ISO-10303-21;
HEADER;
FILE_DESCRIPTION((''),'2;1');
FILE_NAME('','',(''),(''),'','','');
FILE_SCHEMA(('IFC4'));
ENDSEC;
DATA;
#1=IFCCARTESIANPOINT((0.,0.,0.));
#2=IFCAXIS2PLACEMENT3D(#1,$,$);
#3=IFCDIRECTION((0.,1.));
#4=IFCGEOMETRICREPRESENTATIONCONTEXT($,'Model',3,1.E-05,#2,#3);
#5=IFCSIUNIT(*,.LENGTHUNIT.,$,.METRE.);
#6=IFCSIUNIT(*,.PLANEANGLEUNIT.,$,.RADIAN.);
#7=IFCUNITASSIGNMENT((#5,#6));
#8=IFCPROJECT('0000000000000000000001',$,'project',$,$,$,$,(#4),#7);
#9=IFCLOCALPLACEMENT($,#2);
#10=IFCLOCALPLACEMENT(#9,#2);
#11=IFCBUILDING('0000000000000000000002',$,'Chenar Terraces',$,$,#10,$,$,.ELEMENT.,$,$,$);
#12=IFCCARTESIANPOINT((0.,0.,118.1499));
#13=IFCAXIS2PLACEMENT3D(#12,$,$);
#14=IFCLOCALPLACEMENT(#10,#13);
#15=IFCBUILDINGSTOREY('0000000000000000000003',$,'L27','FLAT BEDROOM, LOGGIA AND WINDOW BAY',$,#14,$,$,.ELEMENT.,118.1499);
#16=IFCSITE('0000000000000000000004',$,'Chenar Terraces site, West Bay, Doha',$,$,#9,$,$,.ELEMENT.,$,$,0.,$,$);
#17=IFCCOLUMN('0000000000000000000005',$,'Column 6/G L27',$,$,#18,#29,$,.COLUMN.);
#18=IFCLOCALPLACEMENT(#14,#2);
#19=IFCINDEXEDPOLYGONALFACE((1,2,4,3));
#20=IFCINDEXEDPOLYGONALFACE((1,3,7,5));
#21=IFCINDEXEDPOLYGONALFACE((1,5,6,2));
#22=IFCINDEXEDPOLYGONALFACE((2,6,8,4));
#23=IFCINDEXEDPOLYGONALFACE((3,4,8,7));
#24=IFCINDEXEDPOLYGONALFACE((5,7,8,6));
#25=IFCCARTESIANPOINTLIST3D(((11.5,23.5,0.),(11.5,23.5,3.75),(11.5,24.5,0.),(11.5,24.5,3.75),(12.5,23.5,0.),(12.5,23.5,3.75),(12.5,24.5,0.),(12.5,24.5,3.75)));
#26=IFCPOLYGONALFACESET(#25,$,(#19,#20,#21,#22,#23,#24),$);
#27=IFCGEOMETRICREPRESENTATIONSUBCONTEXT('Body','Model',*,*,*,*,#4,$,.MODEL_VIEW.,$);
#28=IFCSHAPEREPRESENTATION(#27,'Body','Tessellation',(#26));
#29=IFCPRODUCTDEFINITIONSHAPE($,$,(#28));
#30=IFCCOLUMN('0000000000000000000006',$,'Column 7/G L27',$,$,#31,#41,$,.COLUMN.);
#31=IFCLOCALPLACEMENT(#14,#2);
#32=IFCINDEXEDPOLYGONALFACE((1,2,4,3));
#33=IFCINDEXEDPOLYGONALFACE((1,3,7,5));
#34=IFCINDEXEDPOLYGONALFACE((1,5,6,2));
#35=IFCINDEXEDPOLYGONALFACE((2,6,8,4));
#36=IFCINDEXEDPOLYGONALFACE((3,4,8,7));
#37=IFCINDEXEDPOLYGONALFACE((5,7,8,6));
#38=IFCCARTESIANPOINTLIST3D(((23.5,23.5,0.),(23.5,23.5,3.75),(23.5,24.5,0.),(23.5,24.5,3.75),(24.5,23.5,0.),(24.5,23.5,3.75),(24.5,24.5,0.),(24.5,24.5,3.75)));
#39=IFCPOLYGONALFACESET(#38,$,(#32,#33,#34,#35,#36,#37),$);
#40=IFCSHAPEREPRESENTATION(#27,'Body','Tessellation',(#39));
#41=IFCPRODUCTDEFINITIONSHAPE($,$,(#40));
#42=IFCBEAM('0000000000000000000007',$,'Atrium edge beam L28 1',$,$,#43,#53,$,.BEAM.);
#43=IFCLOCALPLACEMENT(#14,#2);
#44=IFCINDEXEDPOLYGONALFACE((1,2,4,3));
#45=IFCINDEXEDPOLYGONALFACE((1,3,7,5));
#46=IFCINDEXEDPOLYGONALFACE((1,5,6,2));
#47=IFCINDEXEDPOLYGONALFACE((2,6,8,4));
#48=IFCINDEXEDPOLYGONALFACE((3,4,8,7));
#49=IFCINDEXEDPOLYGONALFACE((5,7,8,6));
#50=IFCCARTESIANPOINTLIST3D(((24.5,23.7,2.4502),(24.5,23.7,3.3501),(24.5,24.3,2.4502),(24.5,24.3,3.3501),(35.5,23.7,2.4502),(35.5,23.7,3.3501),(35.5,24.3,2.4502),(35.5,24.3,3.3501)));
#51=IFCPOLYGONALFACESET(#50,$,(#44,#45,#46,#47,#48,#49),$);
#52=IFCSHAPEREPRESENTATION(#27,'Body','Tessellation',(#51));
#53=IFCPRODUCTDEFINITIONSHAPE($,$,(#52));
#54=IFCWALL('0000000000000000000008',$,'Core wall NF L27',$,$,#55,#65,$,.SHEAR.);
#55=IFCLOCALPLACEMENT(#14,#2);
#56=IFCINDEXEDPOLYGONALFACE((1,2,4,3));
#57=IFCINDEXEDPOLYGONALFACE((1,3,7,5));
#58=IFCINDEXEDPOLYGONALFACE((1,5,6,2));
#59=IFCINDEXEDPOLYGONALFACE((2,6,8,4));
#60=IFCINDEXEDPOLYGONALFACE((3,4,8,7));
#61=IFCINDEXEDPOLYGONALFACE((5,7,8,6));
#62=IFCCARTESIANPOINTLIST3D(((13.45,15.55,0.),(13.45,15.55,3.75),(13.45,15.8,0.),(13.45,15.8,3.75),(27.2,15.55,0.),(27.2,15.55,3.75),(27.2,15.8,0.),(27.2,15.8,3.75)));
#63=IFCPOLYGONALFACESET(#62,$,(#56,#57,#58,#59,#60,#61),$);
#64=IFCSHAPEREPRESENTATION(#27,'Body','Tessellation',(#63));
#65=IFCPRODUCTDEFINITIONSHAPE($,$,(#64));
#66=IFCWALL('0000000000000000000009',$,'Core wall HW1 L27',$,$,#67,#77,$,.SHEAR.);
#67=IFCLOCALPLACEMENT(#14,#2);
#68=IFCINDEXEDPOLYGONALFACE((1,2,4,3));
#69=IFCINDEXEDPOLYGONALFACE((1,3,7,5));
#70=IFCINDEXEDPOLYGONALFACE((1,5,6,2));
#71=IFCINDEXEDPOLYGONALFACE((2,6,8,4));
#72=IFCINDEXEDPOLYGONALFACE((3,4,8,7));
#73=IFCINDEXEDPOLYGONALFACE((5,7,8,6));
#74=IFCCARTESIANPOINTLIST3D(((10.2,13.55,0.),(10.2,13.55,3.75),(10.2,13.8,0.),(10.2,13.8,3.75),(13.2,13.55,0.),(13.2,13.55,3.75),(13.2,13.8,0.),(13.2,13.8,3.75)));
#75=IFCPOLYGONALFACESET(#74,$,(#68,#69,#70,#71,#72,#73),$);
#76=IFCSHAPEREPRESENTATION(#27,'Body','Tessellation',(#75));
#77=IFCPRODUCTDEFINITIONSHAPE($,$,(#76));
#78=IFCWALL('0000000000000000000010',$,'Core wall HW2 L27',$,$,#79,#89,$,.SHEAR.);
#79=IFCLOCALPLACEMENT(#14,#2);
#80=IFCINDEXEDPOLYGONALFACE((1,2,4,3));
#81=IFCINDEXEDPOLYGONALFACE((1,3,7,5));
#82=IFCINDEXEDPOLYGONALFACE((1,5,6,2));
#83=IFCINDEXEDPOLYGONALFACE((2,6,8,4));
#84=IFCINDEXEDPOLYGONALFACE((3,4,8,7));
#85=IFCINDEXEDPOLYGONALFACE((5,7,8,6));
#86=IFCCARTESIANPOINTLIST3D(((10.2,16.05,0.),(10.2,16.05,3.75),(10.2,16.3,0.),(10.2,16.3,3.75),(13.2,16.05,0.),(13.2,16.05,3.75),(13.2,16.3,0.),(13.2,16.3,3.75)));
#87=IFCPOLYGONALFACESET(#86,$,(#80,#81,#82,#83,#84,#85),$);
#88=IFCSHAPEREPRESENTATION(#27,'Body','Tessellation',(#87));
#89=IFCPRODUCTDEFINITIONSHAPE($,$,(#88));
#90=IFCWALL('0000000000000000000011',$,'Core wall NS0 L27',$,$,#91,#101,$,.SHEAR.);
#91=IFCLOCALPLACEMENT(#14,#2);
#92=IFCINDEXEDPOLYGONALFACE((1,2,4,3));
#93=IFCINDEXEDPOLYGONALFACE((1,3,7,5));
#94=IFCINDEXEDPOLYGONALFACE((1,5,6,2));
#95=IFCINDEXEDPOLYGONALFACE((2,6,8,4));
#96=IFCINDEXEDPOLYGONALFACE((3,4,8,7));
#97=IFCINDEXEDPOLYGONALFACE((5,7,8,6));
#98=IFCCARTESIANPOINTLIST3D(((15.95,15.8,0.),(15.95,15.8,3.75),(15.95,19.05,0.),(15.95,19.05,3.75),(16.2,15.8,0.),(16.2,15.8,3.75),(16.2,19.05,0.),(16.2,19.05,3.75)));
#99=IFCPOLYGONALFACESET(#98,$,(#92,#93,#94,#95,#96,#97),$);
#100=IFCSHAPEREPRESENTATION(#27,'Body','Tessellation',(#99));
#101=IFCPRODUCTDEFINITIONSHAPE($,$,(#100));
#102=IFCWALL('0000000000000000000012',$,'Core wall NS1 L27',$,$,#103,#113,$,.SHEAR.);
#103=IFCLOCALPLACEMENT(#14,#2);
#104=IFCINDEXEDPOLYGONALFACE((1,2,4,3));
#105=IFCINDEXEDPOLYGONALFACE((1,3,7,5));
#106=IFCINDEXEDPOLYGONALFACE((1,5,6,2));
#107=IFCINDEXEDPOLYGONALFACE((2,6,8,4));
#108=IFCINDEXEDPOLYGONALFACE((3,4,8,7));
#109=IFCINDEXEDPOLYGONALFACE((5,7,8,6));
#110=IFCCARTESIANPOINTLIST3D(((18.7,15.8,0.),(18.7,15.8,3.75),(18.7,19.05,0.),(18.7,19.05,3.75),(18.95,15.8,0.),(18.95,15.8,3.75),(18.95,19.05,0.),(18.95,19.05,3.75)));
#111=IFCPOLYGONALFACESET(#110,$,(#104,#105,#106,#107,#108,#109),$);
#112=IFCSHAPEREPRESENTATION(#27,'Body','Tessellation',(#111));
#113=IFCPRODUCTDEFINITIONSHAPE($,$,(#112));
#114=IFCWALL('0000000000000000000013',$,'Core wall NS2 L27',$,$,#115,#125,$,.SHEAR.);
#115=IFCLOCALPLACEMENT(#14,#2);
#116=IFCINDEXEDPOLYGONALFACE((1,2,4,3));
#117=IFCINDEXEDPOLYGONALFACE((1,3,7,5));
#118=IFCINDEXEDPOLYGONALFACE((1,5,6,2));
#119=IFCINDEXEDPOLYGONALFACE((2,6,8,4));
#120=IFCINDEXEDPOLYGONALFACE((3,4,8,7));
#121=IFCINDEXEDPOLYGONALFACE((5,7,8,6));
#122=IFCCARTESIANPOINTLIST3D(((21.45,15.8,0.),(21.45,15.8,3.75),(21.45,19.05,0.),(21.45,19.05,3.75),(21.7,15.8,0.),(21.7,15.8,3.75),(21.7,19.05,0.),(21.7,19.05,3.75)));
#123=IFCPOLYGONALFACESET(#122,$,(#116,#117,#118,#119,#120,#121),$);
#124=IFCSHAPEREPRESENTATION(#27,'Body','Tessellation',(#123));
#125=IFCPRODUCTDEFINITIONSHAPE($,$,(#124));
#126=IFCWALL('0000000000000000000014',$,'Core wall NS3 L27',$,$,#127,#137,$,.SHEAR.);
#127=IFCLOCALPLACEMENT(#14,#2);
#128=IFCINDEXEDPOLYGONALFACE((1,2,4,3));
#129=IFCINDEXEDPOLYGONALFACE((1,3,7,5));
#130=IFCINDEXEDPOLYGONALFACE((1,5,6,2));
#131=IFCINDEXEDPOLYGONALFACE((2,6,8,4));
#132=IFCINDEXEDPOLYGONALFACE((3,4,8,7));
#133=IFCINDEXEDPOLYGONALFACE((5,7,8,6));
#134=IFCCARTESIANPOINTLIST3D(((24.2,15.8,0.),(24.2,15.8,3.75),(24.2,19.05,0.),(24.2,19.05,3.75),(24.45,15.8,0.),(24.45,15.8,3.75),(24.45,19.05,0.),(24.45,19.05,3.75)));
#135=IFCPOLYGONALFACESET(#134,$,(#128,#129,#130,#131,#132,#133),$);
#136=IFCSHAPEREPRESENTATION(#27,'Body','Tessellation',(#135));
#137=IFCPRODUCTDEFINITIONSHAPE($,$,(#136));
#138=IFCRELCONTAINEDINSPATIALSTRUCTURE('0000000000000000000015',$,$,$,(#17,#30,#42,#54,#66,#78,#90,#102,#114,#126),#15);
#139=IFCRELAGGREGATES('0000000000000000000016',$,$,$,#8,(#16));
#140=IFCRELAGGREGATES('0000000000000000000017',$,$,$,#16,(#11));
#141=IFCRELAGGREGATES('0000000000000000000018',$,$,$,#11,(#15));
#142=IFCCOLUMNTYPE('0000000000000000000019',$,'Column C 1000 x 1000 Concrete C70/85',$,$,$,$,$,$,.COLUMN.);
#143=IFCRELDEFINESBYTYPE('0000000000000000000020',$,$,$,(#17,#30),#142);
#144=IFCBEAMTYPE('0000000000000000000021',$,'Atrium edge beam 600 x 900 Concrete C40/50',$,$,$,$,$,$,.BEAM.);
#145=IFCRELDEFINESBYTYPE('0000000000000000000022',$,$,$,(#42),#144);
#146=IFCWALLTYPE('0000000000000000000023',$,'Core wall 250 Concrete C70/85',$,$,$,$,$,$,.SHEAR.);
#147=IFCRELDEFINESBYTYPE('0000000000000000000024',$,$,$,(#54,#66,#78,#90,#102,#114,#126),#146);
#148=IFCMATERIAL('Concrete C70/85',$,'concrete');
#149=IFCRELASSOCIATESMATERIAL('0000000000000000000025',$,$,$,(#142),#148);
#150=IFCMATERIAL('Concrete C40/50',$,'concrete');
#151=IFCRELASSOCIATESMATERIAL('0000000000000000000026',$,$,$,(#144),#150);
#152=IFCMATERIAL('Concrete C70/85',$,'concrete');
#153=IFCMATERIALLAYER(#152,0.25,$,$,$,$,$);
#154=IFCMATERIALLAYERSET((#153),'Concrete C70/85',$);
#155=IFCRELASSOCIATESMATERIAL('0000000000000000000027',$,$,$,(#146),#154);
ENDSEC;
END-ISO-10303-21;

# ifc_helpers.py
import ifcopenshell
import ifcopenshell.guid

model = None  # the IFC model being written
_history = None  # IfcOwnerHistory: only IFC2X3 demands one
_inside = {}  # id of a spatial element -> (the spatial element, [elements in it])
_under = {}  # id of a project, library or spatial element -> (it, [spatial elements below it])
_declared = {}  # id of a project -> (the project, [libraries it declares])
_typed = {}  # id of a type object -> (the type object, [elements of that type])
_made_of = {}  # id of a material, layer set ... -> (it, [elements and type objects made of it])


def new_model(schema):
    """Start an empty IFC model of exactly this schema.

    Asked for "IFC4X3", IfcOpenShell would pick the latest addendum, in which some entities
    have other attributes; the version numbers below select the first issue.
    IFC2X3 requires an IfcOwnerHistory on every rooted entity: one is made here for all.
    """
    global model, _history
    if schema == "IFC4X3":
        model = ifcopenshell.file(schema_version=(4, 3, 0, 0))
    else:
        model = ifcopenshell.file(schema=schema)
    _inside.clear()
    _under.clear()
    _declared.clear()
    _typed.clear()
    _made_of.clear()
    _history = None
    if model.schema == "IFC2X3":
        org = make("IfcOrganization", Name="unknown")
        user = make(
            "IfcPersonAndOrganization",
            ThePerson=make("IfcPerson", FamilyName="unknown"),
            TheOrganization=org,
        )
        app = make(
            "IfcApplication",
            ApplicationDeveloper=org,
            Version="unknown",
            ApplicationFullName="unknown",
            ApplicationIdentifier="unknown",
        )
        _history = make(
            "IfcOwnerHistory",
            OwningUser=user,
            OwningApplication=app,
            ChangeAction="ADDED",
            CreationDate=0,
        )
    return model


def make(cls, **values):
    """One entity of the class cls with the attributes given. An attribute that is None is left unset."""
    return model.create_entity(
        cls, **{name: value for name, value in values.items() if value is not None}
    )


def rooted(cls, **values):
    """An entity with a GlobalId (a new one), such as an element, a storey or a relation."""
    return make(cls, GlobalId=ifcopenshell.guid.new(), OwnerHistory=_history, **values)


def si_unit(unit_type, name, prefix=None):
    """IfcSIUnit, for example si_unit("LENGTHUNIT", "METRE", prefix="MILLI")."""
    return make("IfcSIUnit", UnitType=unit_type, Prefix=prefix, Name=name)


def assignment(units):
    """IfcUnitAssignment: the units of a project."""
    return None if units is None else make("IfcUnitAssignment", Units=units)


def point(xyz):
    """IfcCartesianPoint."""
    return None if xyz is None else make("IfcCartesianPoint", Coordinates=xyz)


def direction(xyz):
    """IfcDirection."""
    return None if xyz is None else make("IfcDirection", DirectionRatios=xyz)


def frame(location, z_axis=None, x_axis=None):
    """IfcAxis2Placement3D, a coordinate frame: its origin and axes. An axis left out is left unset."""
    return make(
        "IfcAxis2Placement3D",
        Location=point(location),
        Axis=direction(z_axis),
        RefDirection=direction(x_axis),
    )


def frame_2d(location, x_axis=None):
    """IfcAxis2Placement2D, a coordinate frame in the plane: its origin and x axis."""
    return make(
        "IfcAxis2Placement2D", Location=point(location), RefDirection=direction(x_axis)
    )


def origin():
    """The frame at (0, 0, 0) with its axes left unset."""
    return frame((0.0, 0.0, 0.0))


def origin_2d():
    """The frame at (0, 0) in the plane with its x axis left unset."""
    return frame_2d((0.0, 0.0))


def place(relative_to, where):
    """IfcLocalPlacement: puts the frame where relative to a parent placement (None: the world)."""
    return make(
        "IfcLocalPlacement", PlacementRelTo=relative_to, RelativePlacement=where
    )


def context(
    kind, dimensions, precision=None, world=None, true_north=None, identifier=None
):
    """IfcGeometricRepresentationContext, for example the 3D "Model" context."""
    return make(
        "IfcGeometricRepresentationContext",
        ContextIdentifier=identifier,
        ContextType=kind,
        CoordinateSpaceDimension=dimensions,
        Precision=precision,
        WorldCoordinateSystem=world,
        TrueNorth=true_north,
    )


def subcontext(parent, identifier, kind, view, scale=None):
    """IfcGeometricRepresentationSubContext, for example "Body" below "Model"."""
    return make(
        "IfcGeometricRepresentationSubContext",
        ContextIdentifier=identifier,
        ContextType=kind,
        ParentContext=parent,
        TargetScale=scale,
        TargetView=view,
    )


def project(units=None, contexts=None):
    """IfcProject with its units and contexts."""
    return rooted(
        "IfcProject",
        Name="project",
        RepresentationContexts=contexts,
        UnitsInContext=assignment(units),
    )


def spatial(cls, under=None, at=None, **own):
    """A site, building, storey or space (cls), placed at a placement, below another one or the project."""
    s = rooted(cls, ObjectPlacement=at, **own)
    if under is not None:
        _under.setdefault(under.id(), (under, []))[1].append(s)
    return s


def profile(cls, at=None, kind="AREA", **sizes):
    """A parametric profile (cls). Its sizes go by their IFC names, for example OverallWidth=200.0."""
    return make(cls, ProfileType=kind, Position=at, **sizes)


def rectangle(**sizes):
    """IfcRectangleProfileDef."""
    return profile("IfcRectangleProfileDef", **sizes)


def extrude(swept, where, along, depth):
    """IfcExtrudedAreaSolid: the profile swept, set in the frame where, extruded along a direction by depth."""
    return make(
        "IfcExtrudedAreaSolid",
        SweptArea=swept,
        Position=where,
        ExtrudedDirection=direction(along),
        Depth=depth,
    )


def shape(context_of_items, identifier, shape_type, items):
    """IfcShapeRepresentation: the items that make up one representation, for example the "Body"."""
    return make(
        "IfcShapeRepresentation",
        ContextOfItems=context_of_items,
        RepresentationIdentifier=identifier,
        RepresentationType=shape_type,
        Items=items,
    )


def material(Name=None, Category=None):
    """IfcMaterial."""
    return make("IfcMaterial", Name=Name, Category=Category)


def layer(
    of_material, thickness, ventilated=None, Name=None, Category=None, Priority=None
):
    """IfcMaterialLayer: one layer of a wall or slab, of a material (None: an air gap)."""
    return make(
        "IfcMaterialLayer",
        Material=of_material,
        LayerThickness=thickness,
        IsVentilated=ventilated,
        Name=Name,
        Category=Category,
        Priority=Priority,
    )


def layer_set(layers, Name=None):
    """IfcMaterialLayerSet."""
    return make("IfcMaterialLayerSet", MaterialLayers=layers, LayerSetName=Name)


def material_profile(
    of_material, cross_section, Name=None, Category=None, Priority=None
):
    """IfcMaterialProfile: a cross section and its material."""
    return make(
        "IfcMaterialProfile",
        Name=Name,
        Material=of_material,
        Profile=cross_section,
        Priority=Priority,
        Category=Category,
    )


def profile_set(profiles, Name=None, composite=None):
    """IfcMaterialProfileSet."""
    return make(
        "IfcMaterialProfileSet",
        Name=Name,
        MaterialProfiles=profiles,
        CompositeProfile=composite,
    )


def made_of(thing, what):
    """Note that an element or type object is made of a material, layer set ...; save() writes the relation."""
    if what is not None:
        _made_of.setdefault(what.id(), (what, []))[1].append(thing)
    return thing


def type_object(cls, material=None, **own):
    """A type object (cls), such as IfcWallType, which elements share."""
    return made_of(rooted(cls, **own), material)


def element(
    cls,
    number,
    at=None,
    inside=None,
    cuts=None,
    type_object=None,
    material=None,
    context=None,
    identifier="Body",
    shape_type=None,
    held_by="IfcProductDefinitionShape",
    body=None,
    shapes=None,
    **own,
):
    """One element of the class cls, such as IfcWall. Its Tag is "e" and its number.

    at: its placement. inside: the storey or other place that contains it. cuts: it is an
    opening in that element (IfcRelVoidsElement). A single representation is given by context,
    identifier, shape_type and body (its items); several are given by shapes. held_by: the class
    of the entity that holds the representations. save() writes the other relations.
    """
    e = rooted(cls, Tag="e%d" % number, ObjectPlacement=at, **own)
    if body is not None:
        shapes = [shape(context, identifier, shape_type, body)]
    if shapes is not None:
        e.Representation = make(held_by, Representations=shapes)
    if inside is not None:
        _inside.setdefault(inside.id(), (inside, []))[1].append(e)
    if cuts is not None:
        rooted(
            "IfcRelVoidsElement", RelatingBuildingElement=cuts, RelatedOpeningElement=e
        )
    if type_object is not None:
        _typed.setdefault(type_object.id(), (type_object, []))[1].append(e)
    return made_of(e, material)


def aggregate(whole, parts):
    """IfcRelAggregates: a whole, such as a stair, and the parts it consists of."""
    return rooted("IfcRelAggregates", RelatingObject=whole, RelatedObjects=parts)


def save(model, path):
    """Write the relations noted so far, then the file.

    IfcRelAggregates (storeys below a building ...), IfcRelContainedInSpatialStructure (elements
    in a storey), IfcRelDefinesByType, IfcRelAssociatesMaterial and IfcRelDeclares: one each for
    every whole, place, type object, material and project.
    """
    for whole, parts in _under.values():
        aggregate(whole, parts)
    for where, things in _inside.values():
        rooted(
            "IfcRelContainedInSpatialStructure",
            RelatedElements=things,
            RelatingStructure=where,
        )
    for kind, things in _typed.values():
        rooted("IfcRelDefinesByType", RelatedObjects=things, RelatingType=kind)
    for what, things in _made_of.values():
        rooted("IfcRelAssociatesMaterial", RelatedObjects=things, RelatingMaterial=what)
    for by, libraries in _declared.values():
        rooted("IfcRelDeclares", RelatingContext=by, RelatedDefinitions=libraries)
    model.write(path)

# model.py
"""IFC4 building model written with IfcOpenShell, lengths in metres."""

from ifc_helpers import new_model, si_unit, direction, frame, frame_2d, origin, origin_2d, place, context, subcontext, project, spatial, rectangle, extrude, material, layer, layer_set, material_profile, profile_set, type_object, element, save


model = new_model("IFC4")

# Units and contexts
model_context = context("Model", 3, precision=1e-05, world=origin(), true_north=direction((0.0, 1.0)))
body_context = subcontext(model_context, "Body", "Model", "MODEL_VIEW")
ifc_project = project(units=[si_unit("LENGTHUNIT", "METRE"), si_unit("PLANEANGLEUNIT", "RADIAN")], contexts=[model_context])

# Site, building, storey
site_placement = place(None, origin())
site = spatial("IfcSite", under=ifc_project, at=site_placement, Name="Chenar Terraces site, West Bay, Doha", CompositionType="ELEMENT", RefElevation=0.0)
building_placement = place(site_placement, origin())
building = spatial("IfcBuilding", under=site, at=building_placement, Name="Chenar Terraces", CompositionType="ELEMENT")
storey_placement = place(building_placement, frame((0.0, 0.0, 118.1499)))
storey = spatial("IfcBuildingStorey", under=building, at=storey_placement, Name="L27", Description="FLAT BEDROOM, LOGGIA AND WINDOW BAY", CompositionType="ELEMENT", Elevation=118.1499)

# Columns
ifc_material_1 = material(Name="Concrete C70/85", Category="concrete")
ifc_material_profile_1 = material_profile(ifc_material_1, rectangle(XDim=1.0, YDim=1.0, at=origin_2d()), Name="C 1000 x 1000")
ifc_profile_set_1 = profile_set([ifc_material_profile_1], Name="Concrete C70/85")
column_type = type_object("IfcColumnType", Name="Column C 1000 x 1000 Concrete C70/85", PredefinedType="COLUMN", material=ifc_profile_set_1)
for number, where, z_axis, x_axis, name in (
    (1, (12.0, 24.0, 0.0), (0.0, 0.0, 1.0), (1.0, 0.0, 0.0), "Column 6/G L27"),
    (2, (24.0, 24.0, 0.0), (0.0, 0.0, 1.0), (1.0, 0.0, 0.0), "Column 7/G L27"),
):
    element("IfcColumn", number, at=place(storey_placement, frame(where, z_axis=z_axis, x_axis=x_axis)), inside=storey, type_object=column_type, Name=name, PredefinedType="COLUMN", context=body_context, shape_type="SweptSolid", body=[
        extrude(rectangle(XDim=1.0, YDim=1.0, at=origin_2d()), origin(), (0.0, 0.0, 1.0), 3.75),
    ])

# Beam
ifc_material_2 = material(Name="Concrete C40/50", Category="concrete")
ifc_material_profile_2 = material_profile(ifc_material_2, rectangle(XDim=0.6001, YDim=0.8999, at=origin_2d()), Name="RC 600 x 900")
ifc_profile_set_2 = profile_set([ifc_material_profile_2], Name="Concrete C40/50")
beam_type = type_object("IfcBeamType", Name="Atrium edge beam 600 x 900 Concrete C40/50", PredefinedType="BEAM", material=ifc_profile_set_2)
beam_placement = place(storey_placement, frame((24.5, 24.0, 2.9001), z_axis=(1.0, 0.0, 0.0), x_axis=(0.0, 1.0, 0.0)))
element("IfcBeam", 3, at=beam_placement, inside=storey, type_object=beam_type, Name="Atrium edge beam L28 1", PredefinedType="BEAM", context=body_context, shape_type="SweptSolid", body=[
    extrude(rectangle(XDim=0.6001, YDim=0.8999, at=origin_2d()), origin(), (0.0, 0.0, 1.0), 11.0),
])

# Walls
ifc_material_3 = material(Name="Concrete C70/85", Category="concrete")
ifc_layer_1 = layer(ifc_material_3, 0.25)
ifc_layer_set_1 = layer_set([ifc_layer_1], Name="Concrete C70/85")
wall_type_1 = type_object("IfcWallType", Name="Core wall 250 Concrete C70/85", PredefinedType="SHEAR", material=ifc_layer_set_1)
wall_1_placement = place(storey_placement, frame((13.45, 15.675, 0.0), z_axis=(0.0, 0.0, 1.0), x_axis=(1.0, 0.0, 0.0)))
element("IfcWall", 4, at=wall_1_placement, inside=storey, type_object=wall_type_1, Name="Core wall NF L27", PredefinedType="SHEAR", context=body_context, shape_type="SweptSolid", body=[
    extrude(rectangle(XDim=13.75, YDim=0.25, at=frame_2d((6.875, 0.0))), origin(), (0.0, 0.0, 1.0), 3.75),
])
for number, where, z_axis, x_axis, name in (
    (5, (10.2, 13.675, 0.0), (0.0, 0.0, 1.0), (1.0, 0.0, 0.0), "Core wall HW1 L27"),
    (6, (10.2, 16.175, 0.0), (0.0, 0.0, 1.0), (1.0, 0.0, 0.0), "Core wall HW2 L27"),
):
    element("IfcWall", number, at=place(storey_placement, frame(where, z_axis=z_axis, x_axis=x_axis)), inside=storey, type_object=wall_type_1, Name=name, PredefinedType="SHEAR", context=body_context, shape_type="SweptSolid", body=[
        extrude(rectangle(XDim=3.0, YDim=0.25, at=frame_2d((1.5, 0.0))), origin(), (0.0, 0.0, 1.0), 3.75),
    ])
for number, where, z_axis, x_axis, name in (
    (7, (16.075, 15.8, 0.0), (0.0, 0.0, 1.0), (0.0, 1.0, 0.0), "Core wall NS0 L27"),
    (8, (18.825, 15.8, 0.0), (0.0, 0.0, 1.0), (0.0, 1.0, 0.0), "Core wall NS1 L27"),
    (9, (21.575, 15.8, 0.0), (0.0, 0.0, 1.0), (0.0, 1.0, 0.0), "Core wall NS2 L27"),
    (10, (24.325, 15.8, 0.0), (0.0, 0.0, 1.0), (0.0, 1.0, 0.0), "Core wall NS3 L27"),
):
    element("IfcWall", number, at=place(storey_placement, frame(where, z_axis=z_axis, x_axis=x_axis)), inside=storey, type_object=wall_type_1, Name=name, PredefinedType="SHEAR", context=body_context, shape_type="SweptSolid", body=[
        extrude(rectangle(XDim=3.25, YDim=0.25, at=frame_2d((1.625, 0.0))), origin(), (0.0, 0.0, 1.0), 3.75),
    ])

save(model, "model.ifc")
